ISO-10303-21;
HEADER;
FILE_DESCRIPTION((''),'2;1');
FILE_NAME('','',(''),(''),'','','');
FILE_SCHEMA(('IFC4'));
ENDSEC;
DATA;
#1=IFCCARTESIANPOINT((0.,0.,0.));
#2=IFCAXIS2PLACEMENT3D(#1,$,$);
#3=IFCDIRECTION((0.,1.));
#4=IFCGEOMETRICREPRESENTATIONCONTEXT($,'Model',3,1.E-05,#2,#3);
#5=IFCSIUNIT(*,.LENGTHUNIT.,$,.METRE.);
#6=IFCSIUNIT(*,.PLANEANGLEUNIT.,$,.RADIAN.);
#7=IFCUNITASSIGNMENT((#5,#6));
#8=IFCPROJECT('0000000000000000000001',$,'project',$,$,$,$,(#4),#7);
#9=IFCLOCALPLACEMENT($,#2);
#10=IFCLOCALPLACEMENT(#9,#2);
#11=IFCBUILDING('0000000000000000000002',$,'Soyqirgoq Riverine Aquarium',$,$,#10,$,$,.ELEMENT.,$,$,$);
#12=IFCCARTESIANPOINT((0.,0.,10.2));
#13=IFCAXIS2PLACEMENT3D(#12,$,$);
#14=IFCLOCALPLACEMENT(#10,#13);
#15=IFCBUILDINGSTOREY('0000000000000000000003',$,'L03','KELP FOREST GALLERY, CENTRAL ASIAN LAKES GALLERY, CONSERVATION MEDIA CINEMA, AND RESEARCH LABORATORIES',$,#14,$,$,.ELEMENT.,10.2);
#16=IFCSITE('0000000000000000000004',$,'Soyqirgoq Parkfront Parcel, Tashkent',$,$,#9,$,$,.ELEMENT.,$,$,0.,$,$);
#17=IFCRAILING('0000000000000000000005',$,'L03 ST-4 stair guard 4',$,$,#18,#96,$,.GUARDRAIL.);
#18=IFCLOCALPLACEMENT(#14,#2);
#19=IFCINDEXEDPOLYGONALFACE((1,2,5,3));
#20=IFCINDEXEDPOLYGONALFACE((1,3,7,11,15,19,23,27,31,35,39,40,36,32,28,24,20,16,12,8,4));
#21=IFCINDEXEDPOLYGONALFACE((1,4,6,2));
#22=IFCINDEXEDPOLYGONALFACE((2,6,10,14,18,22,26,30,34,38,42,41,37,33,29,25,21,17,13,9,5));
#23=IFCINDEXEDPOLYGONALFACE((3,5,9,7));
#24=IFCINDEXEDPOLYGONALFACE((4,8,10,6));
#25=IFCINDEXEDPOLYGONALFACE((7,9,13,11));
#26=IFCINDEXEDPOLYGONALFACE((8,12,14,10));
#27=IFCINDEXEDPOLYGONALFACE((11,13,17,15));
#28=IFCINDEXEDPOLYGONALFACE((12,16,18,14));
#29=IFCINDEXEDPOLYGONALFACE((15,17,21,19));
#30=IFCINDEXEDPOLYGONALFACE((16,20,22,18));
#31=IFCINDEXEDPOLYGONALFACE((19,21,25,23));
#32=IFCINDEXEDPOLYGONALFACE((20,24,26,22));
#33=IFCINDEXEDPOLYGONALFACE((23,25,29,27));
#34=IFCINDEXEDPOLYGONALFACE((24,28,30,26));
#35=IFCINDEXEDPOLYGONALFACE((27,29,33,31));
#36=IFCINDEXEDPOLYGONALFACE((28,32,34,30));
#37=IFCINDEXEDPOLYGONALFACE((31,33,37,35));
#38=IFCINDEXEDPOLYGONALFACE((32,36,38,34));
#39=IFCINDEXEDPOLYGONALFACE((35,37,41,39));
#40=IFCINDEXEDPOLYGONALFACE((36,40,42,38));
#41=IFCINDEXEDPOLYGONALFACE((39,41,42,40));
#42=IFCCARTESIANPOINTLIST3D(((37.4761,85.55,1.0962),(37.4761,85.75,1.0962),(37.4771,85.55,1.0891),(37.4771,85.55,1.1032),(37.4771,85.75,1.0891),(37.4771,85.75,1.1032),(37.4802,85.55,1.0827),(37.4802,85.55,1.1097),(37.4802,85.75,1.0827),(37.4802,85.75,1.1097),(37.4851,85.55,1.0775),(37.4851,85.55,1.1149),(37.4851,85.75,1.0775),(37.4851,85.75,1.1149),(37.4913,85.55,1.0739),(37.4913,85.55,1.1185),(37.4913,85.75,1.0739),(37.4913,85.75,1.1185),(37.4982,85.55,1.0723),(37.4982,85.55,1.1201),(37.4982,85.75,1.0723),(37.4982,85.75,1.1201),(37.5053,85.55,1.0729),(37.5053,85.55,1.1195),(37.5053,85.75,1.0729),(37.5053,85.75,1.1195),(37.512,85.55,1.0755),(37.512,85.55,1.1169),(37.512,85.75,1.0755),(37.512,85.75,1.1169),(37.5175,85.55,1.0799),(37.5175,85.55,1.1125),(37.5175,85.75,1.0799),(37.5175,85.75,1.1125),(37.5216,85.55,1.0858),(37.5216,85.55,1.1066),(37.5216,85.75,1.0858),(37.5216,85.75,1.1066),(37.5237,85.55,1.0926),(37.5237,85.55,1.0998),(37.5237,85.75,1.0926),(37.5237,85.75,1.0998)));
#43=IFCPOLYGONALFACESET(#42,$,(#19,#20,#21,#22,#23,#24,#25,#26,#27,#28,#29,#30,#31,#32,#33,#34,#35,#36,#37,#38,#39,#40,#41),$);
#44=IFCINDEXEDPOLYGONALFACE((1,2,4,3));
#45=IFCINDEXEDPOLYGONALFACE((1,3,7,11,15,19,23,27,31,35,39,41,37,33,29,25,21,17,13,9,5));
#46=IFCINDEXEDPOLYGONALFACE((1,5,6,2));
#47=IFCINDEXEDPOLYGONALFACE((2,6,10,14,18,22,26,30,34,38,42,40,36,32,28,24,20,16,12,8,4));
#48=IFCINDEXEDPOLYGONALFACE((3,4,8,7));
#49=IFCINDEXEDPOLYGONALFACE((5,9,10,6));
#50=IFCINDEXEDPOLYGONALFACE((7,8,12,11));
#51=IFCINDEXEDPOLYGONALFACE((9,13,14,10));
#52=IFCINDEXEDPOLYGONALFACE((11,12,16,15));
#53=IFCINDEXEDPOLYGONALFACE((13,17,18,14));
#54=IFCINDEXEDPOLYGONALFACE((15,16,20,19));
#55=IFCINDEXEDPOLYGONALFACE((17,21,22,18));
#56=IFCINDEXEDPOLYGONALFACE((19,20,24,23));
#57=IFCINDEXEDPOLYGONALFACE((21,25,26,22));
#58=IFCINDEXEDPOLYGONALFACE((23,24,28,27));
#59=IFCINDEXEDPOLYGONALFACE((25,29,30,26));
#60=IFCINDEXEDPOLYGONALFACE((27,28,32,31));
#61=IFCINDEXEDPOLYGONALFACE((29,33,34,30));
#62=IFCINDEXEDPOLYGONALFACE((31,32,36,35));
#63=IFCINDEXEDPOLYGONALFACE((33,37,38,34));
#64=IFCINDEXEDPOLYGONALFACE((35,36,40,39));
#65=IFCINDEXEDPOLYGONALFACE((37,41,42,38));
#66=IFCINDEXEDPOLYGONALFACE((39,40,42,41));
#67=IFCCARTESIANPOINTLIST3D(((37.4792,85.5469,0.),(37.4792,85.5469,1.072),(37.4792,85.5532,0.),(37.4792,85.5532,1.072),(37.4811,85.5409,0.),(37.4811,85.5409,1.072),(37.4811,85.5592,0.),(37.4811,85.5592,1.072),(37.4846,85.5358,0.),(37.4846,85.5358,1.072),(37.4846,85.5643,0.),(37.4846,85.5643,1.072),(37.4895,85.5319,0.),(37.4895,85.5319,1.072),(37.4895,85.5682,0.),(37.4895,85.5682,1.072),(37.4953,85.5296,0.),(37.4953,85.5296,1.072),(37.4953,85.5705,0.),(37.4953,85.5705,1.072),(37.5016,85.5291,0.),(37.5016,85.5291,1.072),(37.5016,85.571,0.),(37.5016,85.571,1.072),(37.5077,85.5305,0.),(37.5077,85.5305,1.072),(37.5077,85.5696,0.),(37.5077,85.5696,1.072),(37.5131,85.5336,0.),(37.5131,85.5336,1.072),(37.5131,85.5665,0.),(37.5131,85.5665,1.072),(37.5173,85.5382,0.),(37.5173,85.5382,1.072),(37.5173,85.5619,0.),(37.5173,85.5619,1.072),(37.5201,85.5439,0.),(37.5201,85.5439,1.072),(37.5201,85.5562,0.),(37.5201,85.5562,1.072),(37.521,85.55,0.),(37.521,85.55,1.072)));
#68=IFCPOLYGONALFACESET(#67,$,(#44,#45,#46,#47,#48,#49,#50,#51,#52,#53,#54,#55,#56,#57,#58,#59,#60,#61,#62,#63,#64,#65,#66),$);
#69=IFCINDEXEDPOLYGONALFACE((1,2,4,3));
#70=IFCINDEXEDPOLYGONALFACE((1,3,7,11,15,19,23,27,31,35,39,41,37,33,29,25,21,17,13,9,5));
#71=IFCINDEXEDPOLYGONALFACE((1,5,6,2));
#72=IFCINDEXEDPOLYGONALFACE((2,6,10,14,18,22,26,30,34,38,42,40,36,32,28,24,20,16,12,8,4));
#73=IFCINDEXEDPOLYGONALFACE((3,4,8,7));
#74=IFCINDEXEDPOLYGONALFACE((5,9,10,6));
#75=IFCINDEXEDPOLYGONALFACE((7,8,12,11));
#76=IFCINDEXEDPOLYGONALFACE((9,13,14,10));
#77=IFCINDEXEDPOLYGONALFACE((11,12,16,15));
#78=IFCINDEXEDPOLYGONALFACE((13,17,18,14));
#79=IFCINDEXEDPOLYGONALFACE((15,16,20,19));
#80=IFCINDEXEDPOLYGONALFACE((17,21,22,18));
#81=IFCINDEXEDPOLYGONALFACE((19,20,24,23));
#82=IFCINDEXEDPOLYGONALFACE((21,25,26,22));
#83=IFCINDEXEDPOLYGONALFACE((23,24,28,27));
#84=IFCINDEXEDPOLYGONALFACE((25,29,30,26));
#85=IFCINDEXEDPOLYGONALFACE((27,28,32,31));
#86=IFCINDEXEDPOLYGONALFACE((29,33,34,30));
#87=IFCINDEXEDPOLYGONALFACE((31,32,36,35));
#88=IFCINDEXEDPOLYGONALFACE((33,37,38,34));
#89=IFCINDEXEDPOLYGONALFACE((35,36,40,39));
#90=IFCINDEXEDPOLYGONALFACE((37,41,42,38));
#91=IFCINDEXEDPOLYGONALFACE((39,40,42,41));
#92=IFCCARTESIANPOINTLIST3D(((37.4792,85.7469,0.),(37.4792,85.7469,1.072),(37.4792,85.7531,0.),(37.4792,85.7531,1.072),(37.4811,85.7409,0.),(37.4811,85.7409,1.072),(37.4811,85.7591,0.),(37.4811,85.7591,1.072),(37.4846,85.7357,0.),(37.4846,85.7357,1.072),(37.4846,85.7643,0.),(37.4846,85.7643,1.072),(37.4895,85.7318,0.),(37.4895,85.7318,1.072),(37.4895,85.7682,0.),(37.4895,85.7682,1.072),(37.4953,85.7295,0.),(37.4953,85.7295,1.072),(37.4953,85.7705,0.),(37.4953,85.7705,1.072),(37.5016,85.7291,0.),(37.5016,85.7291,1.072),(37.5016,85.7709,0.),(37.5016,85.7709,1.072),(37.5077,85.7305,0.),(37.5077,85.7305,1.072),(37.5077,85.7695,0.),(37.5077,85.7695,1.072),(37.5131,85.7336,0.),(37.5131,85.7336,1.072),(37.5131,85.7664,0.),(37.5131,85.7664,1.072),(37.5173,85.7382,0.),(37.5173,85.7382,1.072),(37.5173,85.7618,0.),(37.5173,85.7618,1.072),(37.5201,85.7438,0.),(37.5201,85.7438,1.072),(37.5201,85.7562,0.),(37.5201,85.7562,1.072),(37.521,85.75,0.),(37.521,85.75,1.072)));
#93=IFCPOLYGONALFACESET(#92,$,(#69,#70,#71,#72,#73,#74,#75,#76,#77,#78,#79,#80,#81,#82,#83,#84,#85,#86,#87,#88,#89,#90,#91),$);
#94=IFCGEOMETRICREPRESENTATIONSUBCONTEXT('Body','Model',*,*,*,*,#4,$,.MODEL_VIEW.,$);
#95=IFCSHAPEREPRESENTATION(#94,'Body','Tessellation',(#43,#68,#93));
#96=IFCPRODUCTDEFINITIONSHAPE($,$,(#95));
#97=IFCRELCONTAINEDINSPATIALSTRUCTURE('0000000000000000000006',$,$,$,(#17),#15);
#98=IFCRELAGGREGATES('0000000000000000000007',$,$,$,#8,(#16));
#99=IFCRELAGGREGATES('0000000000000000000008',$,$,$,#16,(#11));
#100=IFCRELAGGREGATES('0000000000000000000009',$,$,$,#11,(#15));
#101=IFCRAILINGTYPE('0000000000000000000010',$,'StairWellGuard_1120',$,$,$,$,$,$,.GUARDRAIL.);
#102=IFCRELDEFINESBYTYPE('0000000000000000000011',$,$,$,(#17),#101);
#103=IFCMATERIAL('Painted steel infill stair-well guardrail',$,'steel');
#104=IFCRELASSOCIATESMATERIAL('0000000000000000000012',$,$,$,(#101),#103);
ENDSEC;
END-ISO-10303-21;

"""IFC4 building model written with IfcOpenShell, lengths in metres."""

from ifc_helpers import new_model, si_unit, direction, frame, origin, origin_2d, place, context, subcontext, project, spatial, circle, extrude, material, type_object, element, save


model = new_model("IFC4")

# Units and contexts
model_context = context("Model", 3, precision=1e-05, world=origin(), true_north=direction((0.0, 1.0)))
body_context = subcontext(model_context, "Body", "Model", "MODEL_VIEW")
ifc_project = project(units=[si_unit("LENGTHUNIT", "METRE"), si_unit("PLANEANGLEUNIT", "RADIAN")], contexts=[model_context])

# Site, building, storey
site_placement = place(None, origin())
site = spatial("IfcSite", under=ifc_project, at=site_placement, Name="Soyqirgoq Parkfront Parcel, Tashkent", CompositionType="ELEMENT", RefElevation=0.0)
building_placement = place(site_placement, origin())
building = spatial("IfcBuilding", under=site, at=building_placement, Name="Soyqirgoq Riverine Aquarium", CompositionType="ELEMENT")
storey_placement = place(building_placement, frame((0.0, 0.0, 10.2)))
storey = spatial("IfcBuildingStorey", under=building, at=storey_placement, Name="L03", Description="KELP FOREST GALLERY, CENTRAL ASIAN LAKES GALLERY, CONSERVATION MEDIA CINEMA, AND RESEARCH LABORATORIES", CompositionType="ELEMENT", Elevation=10.2)

# Railing
ifc_material_1 = material(Name="Painted steel infill stair-well guardrail", Category="steel")
railing_type_1 = type_object("IfcRailingType", Name="StairWellGuard_1120", PredefinedType="GUARDRAIL", material=ifc_material_1)
railing_1_placement = place(storey_placement, frame((37.5, 85.55, 0.0)))
element("IfcRailing", 1, at=railing_1_placement, inside=storey, type_object=railing_type_1, Name="L03 ST-4 stair guard 4", PredefinedType="GUARDRAIL", context=body_context, shape_type="SweptSolid", body=[
    extrude(circle(Radius=0.0239, at=origin_2d()), frame((0.0, 0.0, 1.0962), z_axis=(0.0, 1.0, 0.0), x_axis=(-1.0, 0.0, 0.0)), (0.0, 0.0, 1.0), 0.2),
    extrude(circle(Radius=0.021, at=origin_2d()), origin(), (0.0, 0.0, 1.0), 1.072),
    extrude(circle(Radius=0.021, at=origin_2d()), frame((0.0, 0.2, 0.0)), (0.0, 0.0, 1.0), 1.072),
])

save(model, "model.ifc")
